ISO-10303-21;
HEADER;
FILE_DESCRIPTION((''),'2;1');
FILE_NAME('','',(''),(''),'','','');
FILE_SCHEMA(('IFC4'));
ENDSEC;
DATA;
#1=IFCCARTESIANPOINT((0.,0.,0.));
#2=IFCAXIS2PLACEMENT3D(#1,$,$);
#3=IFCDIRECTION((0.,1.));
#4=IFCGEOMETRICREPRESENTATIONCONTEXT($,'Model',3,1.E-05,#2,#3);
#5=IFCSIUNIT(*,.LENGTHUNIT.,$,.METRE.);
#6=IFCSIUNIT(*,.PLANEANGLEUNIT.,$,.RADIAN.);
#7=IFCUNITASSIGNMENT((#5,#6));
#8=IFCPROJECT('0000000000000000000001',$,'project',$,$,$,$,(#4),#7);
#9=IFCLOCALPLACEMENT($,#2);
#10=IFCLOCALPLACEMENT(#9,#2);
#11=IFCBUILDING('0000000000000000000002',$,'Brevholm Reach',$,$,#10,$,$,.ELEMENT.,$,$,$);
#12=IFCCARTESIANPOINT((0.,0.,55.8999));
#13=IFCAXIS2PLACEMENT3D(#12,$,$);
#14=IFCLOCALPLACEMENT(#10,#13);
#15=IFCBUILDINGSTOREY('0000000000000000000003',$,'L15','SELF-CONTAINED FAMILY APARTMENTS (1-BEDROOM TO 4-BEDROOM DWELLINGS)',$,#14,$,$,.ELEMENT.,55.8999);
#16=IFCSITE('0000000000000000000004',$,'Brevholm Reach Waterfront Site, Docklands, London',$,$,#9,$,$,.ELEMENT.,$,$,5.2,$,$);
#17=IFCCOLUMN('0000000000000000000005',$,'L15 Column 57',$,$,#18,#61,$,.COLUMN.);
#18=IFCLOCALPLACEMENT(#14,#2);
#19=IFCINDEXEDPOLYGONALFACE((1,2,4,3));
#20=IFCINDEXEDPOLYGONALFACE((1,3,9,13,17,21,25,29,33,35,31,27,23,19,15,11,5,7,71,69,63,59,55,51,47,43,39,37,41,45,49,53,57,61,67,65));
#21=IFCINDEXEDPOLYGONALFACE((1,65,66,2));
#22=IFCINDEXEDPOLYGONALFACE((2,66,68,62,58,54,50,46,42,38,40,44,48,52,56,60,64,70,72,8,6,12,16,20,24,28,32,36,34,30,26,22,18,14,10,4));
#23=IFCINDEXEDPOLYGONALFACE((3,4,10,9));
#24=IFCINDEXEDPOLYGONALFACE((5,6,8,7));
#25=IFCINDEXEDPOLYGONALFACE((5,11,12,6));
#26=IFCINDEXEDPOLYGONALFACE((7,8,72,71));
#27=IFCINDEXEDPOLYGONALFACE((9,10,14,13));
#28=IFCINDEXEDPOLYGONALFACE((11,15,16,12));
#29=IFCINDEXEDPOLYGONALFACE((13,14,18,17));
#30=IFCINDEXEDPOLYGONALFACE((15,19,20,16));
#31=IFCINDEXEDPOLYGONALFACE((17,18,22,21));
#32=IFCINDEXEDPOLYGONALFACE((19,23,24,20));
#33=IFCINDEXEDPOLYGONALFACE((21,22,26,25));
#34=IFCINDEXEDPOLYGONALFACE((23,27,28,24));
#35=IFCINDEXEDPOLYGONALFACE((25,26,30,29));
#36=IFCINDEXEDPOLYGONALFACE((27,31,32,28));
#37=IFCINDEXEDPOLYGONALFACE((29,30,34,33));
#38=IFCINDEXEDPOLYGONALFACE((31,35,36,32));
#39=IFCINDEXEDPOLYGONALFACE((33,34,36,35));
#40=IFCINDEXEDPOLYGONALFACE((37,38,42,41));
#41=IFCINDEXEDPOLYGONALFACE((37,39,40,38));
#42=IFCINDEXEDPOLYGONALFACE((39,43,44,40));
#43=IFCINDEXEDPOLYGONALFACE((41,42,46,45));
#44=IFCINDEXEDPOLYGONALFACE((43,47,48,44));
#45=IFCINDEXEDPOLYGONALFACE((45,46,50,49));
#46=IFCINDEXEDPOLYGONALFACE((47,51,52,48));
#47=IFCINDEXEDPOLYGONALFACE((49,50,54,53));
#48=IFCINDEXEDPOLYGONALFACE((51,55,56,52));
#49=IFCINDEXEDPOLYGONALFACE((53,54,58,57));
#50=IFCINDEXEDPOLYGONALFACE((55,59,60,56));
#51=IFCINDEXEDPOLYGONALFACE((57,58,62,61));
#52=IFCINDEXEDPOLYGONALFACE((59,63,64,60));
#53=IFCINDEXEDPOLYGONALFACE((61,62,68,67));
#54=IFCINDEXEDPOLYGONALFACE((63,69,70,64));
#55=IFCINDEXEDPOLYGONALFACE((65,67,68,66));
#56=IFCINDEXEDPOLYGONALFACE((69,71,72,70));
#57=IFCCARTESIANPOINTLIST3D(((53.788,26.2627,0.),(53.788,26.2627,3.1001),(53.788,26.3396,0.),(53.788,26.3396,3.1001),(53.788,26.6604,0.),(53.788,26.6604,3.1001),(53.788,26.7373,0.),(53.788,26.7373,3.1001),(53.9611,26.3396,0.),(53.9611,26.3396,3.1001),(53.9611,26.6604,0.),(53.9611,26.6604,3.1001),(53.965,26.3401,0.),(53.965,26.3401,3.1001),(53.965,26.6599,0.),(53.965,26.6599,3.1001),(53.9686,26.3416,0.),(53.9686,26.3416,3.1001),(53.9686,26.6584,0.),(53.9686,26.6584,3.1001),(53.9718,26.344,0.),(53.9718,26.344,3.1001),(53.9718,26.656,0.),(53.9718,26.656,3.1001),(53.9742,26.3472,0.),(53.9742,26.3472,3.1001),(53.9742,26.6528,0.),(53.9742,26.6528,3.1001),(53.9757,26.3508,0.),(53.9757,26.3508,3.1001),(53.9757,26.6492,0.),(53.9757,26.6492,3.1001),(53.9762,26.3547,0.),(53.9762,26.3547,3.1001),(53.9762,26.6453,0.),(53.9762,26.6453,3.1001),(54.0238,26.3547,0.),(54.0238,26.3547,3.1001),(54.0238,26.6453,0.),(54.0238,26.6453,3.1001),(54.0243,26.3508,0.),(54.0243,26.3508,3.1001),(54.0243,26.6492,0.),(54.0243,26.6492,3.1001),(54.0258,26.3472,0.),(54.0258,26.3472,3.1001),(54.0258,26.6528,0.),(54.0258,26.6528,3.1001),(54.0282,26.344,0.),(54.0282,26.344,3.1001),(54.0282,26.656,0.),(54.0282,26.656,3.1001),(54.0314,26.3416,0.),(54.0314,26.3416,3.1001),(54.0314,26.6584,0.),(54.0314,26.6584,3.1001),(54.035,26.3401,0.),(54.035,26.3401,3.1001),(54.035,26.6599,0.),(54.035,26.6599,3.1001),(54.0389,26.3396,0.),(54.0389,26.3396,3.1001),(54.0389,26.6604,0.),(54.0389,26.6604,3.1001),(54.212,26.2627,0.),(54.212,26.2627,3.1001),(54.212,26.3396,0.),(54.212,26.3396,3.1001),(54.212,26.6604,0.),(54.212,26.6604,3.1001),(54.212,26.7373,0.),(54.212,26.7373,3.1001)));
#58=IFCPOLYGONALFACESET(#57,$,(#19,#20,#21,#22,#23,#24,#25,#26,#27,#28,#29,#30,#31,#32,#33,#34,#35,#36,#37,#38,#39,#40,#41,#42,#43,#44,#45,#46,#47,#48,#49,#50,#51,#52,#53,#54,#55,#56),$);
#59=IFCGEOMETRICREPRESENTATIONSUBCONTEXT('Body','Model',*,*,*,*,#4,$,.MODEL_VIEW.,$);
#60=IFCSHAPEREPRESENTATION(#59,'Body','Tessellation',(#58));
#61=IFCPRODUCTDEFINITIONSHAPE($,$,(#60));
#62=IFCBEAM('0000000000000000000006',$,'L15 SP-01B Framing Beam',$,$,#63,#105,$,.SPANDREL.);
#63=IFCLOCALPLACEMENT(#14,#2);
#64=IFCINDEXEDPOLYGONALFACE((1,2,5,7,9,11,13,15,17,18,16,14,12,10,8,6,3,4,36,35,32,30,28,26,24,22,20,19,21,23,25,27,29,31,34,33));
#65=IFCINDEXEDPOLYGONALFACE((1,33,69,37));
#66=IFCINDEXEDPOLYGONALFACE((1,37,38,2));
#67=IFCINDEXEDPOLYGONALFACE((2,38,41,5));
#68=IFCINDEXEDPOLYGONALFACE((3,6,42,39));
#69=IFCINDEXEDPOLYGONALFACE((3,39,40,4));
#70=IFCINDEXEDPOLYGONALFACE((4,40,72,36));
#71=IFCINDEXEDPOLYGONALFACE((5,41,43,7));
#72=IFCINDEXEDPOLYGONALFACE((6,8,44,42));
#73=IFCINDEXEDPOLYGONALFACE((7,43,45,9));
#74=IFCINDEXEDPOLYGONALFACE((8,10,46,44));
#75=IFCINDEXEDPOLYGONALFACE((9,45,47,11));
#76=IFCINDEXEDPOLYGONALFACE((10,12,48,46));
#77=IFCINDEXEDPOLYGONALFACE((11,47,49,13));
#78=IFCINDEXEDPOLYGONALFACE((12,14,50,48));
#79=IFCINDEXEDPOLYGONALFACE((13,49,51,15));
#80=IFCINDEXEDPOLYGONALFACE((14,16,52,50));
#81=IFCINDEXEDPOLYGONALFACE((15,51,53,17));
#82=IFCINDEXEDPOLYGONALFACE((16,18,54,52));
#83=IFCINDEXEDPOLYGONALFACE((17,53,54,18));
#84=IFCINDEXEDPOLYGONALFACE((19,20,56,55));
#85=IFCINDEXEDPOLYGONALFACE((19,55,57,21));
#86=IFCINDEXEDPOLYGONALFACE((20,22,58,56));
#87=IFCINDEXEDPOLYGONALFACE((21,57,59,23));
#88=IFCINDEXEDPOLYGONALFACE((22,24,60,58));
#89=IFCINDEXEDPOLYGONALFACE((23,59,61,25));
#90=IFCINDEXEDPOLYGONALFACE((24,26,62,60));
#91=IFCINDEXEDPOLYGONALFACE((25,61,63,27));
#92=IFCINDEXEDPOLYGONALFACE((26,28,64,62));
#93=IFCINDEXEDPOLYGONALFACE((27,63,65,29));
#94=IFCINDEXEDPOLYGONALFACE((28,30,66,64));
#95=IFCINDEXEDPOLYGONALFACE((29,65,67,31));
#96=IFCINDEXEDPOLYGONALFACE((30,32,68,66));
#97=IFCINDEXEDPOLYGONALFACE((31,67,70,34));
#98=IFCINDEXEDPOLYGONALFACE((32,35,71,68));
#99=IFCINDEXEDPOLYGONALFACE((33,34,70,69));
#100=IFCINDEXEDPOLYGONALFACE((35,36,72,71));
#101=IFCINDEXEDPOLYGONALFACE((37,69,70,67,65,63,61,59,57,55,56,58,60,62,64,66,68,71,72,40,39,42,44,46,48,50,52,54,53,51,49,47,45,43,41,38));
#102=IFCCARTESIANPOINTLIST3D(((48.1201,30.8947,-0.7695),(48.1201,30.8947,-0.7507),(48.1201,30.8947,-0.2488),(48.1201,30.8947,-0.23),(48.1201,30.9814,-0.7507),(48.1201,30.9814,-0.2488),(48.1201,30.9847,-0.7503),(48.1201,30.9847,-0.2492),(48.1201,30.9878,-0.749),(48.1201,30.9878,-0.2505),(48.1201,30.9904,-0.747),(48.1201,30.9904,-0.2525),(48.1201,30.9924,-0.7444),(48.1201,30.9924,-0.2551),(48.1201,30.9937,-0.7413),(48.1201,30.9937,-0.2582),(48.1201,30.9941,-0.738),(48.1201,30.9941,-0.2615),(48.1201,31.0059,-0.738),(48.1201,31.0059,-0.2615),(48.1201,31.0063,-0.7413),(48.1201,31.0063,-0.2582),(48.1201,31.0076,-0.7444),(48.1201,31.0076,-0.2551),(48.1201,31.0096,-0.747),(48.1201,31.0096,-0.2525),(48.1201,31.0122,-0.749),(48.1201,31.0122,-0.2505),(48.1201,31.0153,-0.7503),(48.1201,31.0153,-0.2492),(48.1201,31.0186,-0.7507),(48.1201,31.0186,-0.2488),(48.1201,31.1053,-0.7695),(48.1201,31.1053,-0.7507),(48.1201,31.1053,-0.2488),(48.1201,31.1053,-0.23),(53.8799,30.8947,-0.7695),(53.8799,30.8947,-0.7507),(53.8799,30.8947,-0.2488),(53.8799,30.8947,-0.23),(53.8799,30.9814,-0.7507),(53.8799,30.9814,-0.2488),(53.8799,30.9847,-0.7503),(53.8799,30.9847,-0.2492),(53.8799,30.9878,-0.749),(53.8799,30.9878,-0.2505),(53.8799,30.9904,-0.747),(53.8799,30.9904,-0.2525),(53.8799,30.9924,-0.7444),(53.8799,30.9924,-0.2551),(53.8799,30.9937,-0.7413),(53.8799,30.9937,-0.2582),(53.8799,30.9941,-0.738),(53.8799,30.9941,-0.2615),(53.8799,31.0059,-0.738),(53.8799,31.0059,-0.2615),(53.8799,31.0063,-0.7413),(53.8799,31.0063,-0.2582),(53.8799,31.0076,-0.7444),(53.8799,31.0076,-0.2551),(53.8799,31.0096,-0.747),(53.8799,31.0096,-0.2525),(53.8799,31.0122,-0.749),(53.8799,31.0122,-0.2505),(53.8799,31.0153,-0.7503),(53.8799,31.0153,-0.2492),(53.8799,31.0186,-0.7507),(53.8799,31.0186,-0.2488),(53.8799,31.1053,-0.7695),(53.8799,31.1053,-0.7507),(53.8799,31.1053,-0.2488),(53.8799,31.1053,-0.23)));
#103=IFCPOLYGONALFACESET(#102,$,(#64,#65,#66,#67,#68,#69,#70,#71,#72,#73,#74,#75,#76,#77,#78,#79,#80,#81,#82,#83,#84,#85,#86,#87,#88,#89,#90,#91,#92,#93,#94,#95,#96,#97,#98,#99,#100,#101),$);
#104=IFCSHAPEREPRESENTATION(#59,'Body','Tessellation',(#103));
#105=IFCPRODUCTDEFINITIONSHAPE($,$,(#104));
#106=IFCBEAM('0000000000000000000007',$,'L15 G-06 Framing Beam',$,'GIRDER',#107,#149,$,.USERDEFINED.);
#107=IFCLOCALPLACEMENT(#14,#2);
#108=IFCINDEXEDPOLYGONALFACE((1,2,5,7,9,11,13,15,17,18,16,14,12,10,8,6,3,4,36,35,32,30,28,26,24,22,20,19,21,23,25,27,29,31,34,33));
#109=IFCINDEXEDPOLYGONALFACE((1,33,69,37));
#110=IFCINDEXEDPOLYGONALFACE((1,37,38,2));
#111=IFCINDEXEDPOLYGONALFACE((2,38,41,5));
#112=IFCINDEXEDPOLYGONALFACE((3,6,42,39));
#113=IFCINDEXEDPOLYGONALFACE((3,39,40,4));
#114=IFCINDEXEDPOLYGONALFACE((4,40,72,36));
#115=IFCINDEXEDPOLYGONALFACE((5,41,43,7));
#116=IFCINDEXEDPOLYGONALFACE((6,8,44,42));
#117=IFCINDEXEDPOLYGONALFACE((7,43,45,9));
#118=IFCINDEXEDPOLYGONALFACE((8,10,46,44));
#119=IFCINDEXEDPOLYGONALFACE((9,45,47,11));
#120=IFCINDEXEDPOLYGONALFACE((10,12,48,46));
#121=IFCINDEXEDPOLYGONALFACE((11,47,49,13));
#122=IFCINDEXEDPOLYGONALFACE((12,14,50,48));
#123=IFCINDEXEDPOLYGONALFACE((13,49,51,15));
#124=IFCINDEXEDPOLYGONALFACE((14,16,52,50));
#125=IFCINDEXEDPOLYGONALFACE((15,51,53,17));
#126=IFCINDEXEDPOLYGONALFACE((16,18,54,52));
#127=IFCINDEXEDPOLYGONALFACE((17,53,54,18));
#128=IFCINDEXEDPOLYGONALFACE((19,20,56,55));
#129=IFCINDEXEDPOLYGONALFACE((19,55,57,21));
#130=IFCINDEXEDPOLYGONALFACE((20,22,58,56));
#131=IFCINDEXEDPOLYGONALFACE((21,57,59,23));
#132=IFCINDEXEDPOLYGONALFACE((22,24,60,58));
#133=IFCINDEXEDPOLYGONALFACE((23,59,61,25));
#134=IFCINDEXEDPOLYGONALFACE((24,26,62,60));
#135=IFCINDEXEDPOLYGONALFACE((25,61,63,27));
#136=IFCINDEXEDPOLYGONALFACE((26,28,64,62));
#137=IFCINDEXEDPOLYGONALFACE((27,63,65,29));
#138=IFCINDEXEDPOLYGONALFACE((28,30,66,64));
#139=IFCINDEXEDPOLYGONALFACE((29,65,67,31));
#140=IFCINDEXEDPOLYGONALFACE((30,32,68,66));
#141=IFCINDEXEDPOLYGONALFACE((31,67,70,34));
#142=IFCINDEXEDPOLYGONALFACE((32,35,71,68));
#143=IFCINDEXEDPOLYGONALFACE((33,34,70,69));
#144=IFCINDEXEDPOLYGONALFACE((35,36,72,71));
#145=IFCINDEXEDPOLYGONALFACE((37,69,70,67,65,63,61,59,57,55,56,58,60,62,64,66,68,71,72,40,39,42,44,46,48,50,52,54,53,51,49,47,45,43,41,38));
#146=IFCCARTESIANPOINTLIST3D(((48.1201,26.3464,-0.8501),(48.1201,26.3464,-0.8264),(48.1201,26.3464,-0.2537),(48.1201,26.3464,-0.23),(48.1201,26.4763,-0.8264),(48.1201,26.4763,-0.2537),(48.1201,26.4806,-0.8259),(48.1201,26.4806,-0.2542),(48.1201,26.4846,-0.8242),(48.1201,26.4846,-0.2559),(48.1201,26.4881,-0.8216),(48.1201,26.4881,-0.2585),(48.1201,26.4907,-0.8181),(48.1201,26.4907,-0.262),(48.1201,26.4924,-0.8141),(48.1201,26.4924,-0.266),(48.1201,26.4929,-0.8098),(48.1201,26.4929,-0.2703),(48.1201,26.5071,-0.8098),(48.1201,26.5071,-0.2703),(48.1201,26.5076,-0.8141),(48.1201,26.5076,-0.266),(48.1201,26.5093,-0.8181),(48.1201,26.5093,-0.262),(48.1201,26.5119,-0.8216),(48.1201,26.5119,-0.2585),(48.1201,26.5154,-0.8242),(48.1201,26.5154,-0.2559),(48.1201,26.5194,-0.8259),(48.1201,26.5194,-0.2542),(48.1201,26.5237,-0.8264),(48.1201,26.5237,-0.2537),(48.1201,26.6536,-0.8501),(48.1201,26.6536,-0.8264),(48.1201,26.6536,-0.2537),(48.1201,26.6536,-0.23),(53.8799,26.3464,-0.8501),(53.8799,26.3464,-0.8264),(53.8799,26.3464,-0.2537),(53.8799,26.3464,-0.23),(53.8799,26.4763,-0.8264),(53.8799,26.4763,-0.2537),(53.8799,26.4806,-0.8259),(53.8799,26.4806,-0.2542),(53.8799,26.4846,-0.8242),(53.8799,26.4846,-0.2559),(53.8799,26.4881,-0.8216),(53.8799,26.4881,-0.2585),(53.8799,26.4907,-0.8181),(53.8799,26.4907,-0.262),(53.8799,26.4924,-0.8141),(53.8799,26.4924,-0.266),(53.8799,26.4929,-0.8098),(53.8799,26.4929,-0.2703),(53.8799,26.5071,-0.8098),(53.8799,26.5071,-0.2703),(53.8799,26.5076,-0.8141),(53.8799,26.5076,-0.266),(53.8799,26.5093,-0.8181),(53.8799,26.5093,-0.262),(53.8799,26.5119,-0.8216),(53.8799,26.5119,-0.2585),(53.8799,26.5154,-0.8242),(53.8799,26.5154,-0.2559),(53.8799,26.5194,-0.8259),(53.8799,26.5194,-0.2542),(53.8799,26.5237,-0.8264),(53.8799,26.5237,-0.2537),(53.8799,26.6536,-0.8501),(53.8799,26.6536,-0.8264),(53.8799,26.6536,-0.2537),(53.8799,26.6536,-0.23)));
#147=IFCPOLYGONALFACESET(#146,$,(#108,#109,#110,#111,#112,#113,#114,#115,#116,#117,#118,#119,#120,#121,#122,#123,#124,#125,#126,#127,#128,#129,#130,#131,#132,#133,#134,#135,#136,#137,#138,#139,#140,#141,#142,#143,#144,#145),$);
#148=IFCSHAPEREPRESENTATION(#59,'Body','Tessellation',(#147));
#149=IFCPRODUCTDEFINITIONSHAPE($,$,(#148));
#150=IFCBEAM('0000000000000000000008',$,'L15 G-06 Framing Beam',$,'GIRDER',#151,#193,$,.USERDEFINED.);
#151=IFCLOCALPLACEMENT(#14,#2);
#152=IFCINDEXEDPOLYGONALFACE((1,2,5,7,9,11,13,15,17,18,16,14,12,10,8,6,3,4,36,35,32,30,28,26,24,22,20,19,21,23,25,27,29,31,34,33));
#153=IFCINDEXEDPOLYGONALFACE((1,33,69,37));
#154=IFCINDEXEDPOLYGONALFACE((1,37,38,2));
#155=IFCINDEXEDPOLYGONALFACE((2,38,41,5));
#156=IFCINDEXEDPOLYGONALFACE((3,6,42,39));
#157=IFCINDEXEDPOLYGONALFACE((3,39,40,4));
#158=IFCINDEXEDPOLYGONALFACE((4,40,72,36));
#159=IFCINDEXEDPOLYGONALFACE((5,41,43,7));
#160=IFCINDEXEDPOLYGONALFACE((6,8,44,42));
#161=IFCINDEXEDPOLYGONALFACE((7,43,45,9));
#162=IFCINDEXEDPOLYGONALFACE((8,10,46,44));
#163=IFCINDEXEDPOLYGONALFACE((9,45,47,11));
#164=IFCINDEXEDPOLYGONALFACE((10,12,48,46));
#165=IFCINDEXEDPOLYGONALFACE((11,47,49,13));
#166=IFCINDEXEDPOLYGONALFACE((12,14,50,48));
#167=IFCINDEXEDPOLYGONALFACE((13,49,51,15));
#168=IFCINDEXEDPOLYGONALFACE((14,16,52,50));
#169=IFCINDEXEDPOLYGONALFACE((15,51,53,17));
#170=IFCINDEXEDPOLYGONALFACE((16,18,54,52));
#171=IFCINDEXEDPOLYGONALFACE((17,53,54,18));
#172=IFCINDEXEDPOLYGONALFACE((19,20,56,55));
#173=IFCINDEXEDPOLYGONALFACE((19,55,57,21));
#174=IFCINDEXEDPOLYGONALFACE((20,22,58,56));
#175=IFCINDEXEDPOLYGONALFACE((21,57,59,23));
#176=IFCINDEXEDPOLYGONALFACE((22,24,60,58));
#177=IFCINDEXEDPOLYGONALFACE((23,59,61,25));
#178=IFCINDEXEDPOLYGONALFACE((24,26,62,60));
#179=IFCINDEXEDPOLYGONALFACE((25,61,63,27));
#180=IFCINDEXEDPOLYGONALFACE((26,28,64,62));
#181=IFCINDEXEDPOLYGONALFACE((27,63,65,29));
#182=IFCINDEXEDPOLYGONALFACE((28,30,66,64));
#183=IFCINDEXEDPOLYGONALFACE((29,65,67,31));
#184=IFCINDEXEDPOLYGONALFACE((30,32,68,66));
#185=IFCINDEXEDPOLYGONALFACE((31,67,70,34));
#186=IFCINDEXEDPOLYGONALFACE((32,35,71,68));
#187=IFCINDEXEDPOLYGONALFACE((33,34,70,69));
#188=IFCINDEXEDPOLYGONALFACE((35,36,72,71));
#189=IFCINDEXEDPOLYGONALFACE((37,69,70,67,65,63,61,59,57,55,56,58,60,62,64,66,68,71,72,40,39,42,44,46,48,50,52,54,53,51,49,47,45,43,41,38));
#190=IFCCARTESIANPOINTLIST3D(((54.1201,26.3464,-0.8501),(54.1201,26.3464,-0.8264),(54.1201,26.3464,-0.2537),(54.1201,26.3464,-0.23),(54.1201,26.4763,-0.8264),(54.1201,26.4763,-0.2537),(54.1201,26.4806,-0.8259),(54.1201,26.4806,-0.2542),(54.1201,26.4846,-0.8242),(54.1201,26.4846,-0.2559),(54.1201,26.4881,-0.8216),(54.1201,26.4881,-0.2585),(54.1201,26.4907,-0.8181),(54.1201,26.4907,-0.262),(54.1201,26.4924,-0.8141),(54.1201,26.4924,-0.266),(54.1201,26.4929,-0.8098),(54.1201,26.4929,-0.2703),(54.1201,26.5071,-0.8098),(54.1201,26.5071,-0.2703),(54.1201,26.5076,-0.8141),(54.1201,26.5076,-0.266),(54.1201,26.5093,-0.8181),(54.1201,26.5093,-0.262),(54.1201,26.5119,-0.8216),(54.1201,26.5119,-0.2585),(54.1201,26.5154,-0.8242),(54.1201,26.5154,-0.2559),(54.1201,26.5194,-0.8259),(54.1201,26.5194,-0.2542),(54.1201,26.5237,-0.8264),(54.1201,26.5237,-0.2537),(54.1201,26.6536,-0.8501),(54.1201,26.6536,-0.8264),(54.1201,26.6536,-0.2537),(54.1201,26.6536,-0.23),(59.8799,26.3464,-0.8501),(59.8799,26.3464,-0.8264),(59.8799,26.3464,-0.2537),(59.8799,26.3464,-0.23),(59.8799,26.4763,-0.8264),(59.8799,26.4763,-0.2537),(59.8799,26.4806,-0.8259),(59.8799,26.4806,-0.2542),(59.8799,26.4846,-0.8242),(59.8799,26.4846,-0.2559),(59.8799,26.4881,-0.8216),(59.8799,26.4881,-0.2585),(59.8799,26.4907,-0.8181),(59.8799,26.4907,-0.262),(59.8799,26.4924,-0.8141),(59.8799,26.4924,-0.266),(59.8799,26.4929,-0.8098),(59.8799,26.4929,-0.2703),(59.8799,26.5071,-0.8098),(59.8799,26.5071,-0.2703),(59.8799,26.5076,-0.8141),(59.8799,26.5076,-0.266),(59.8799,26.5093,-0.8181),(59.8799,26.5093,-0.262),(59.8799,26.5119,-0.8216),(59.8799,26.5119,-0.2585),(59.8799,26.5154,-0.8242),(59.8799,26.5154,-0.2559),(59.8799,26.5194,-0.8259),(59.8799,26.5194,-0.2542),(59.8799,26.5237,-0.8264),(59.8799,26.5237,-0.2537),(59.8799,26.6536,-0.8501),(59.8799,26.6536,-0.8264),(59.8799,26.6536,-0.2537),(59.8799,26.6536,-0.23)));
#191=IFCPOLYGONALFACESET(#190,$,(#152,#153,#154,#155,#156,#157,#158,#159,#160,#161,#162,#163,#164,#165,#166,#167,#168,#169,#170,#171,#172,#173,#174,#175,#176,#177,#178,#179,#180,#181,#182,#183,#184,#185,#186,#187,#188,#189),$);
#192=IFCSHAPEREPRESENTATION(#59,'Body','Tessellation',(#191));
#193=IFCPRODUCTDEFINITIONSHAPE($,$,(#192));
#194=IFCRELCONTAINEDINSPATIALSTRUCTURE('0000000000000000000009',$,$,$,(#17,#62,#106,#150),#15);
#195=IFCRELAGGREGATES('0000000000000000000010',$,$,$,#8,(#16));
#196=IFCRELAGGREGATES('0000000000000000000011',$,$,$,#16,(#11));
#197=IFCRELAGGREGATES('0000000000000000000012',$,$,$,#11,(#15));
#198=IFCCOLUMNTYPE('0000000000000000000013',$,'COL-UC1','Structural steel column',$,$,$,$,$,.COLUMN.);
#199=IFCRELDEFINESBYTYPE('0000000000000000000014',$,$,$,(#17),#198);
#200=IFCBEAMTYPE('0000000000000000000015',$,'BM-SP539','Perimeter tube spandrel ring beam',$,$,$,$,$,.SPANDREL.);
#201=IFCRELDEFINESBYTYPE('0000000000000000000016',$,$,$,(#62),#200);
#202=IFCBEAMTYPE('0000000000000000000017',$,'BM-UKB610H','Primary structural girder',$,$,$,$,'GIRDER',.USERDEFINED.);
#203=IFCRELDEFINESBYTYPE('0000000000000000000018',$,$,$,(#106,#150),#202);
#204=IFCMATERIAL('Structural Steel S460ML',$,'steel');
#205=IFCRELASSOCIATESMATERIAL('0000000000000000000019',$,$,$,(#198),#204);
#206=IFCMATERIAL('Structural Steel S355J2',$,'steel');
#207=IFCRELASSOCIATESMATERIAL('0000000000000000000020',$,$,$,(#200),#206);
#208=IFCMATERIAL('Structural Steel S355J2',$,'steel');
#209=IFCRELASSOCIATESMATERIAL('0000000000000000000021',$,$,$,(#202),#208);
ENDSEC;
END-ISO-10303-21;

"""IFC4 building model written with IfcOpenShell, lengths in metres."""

from ifc_helpers import new_model, si_unit, direction, frame, origin, origin_2d, place, context, subcontext, project, spatial, i_section, extrude, material, material_profile, profile_set, type_object, element, save


model = new_model("IFC4")

# Units and contexts
model_context = context("Model", 3, precision=1e-05, world=origin(), true_north=direction((0.0, 1.0)))
body_context = subcontext(model_context, "Body", "Model", "MODEL_VIEW")
ifc_project = project(units=[si_unit("LENGTHUNIT", "METRE"), si_unit("PLANEANGLEUNIT", "RADIAN")], contexts=[model_context])

# Site, building, storey
site_placement = place(None, origin())
site = spatial("IfcSite", under=ifc_project, at=site_placement, Name="Brevholm Reach Waterfront Site, Docklands, London", CompositionType="ELEMENT", RefElevation=5.2)
building_placement = place(site_placement, origin())
building = spatial("IfcBuilding", under=site, at=building_placement, Name="Brevholm Reach", CompositionType="ELEMENT")
storey_placement = place(building_placement, frame((0.0, 0.0, 55.8999)))
storey = spatial("IfcBuildingStorey", under=building, at=storey_placement, Name="L15", Description="SELF-CONTAINED FAMILY APARTMENTS (1-BEDROOM TO 4-BEDROOM DWELLINGS)", CompositionType="ELEMENT", Elevation=55.8999)

# Column
ifc_material_1 = material(Name="Structural Steel S460ML", Category="steel")
ifc_material_profile_1 = material_profile(ifc_material_1, i_section(OverallWidth=0.4241, OverallDepth=0.4746, WebThickness=0.0476, FlangeThickness=0.0769, FilletRadius=0.0151, at=origin_2d()), Name="UKC 356x406x634")
ifc_profile_set_1 = profile_set([ifc_material_profile_1], Name="Structural Steel S460ML")
column_type_1 = type_object("IfcColumnType", Name="COL-UC1", Description="Structural steel column", PredefinedType="COLUMN", material=ifc_profile_set_1)
column_1_placement = place(storey_placement, frame((54.0, 26.5, 0.0), z_axis=(0.0, 0.0, 1.0), x_axis=(1.0, 0.0, 0.0)))
element("IfcColumn", 1, at=column_1_placement, inside=storey, type_object=column_type_1, Name="L15 Column 57", PredefinedType="COLUMN", context=body_context, shape_type="SweptSolid", body=[
    extrude(i_section(OverallWidth=0.4241, OverallDepth=0.4746, WebThickness=0.0476, FlangeThickness=0.0769, FilletRadius=0.0151, at=origin_2d()), origin(), (0.0, 0.0, 1.0), 3.1001),
])

# Beams
ifc_material_2 = material(Name="Structural Steel S355J2", Category="steel")
ifc_material_profile_2 = material_profile(ifc_material_2, i_section(OverallWidth=0.2107, OverallDepth=0.5396, WebThickness=0.0117, FlangeThickness=0.0188, FilletRadius=0.0127, at=origin_2d()), Name="UKB 533x210x109")
ifc_profile_set_2 = profile_set([ifc_material_profile_2], Name="Structural Steel S355J2")
beam_type_1 = type_object("IfcBeamType", Name="BM-SP539", Description="Perimeter tube spandrel ring beam", PredefinedType="SPANDREL", material=ifc_profile_set_2)
beam_1_placement = place(storey_placement, frame((48.1201, 31.0, -0.4998), z_axis=(1.0, 0.0, 0.0), x_axis=(0.0, 1.0, 0.0)))
element("IfcBeam", 2, at=beam_1_placement, inside=storey, type_object=beam_type_1, Name="L15 SP-01B Framing Beam", PredefinedType="SPANDREL", context=body_context, shape_type="SweptSolid", body=[
    extrude(i_section(OverallWidth=0.2107, OverallDepth=0.5396, WebThickness=0.0117, FlangeThickness=0.0188, FilletRadius=0.0127, at=origin_2d()), origin(), (0.0, 0.0, 1.0), 5.7598),
])
ifc_material_3 = material(Name="Structural Steel S355J2", Category="steel")
ifc_material_profile_3 = material_profile(ifc_material_3, i_section(OverallWidth=0.3071, OverallDepth=0.6201, WebThickness=0.0142, FlangeThickness=0.0237, FilletRadius=0.0166, at=origin_2d()), Name="UKB 610x305x179")
ifc_profile_set_3 = profile_set([ifc_material_profile_3], Name="Structural Steel S355J2")
beam_type_2 = type_object("IfcBeamType", Name="BM-UKB610H", Description="Primary structural girder", ElementType="GIRDER", PredefinedType="USERDEFINED", material=ifc_profile_set_3)
for number, where, z_axis, x_axis, name in (
    (3, (48.1201, 26.5, -0.54), (1.0, 0.0, 0.0), (0.0, 1.0, 0.0), "L15 G-06 Framing Beam"),
    (4, (54.1201, 26.5, -0.54), (1.0, 0.0, 0.0), (0.0, 1.0, 0.0), "L15 G-06 Framing Beam"),
):
    element("IfcBeam", number, at=place(storey_placement, frame(where, z_axis=z_axis, x_axis=x_axis)), inside=storey, type_object=beam_type_2, Name=name, ObjectType="GIRDER", PredefinedType="USERDEFINED", context=body_context, shape_type="SweptSolid", body=[
        extrude(i_section(OverallWidth=0.3071, OverallDepth=0.6201, WebThickness=0.0142, FlangeThickness=0.0237, FilletRadius=0.0166, at=origin_2d()), origin(), (0.0, 0.0, 1.0), 5.7598),
    ])

save(model, "model.ifc")
